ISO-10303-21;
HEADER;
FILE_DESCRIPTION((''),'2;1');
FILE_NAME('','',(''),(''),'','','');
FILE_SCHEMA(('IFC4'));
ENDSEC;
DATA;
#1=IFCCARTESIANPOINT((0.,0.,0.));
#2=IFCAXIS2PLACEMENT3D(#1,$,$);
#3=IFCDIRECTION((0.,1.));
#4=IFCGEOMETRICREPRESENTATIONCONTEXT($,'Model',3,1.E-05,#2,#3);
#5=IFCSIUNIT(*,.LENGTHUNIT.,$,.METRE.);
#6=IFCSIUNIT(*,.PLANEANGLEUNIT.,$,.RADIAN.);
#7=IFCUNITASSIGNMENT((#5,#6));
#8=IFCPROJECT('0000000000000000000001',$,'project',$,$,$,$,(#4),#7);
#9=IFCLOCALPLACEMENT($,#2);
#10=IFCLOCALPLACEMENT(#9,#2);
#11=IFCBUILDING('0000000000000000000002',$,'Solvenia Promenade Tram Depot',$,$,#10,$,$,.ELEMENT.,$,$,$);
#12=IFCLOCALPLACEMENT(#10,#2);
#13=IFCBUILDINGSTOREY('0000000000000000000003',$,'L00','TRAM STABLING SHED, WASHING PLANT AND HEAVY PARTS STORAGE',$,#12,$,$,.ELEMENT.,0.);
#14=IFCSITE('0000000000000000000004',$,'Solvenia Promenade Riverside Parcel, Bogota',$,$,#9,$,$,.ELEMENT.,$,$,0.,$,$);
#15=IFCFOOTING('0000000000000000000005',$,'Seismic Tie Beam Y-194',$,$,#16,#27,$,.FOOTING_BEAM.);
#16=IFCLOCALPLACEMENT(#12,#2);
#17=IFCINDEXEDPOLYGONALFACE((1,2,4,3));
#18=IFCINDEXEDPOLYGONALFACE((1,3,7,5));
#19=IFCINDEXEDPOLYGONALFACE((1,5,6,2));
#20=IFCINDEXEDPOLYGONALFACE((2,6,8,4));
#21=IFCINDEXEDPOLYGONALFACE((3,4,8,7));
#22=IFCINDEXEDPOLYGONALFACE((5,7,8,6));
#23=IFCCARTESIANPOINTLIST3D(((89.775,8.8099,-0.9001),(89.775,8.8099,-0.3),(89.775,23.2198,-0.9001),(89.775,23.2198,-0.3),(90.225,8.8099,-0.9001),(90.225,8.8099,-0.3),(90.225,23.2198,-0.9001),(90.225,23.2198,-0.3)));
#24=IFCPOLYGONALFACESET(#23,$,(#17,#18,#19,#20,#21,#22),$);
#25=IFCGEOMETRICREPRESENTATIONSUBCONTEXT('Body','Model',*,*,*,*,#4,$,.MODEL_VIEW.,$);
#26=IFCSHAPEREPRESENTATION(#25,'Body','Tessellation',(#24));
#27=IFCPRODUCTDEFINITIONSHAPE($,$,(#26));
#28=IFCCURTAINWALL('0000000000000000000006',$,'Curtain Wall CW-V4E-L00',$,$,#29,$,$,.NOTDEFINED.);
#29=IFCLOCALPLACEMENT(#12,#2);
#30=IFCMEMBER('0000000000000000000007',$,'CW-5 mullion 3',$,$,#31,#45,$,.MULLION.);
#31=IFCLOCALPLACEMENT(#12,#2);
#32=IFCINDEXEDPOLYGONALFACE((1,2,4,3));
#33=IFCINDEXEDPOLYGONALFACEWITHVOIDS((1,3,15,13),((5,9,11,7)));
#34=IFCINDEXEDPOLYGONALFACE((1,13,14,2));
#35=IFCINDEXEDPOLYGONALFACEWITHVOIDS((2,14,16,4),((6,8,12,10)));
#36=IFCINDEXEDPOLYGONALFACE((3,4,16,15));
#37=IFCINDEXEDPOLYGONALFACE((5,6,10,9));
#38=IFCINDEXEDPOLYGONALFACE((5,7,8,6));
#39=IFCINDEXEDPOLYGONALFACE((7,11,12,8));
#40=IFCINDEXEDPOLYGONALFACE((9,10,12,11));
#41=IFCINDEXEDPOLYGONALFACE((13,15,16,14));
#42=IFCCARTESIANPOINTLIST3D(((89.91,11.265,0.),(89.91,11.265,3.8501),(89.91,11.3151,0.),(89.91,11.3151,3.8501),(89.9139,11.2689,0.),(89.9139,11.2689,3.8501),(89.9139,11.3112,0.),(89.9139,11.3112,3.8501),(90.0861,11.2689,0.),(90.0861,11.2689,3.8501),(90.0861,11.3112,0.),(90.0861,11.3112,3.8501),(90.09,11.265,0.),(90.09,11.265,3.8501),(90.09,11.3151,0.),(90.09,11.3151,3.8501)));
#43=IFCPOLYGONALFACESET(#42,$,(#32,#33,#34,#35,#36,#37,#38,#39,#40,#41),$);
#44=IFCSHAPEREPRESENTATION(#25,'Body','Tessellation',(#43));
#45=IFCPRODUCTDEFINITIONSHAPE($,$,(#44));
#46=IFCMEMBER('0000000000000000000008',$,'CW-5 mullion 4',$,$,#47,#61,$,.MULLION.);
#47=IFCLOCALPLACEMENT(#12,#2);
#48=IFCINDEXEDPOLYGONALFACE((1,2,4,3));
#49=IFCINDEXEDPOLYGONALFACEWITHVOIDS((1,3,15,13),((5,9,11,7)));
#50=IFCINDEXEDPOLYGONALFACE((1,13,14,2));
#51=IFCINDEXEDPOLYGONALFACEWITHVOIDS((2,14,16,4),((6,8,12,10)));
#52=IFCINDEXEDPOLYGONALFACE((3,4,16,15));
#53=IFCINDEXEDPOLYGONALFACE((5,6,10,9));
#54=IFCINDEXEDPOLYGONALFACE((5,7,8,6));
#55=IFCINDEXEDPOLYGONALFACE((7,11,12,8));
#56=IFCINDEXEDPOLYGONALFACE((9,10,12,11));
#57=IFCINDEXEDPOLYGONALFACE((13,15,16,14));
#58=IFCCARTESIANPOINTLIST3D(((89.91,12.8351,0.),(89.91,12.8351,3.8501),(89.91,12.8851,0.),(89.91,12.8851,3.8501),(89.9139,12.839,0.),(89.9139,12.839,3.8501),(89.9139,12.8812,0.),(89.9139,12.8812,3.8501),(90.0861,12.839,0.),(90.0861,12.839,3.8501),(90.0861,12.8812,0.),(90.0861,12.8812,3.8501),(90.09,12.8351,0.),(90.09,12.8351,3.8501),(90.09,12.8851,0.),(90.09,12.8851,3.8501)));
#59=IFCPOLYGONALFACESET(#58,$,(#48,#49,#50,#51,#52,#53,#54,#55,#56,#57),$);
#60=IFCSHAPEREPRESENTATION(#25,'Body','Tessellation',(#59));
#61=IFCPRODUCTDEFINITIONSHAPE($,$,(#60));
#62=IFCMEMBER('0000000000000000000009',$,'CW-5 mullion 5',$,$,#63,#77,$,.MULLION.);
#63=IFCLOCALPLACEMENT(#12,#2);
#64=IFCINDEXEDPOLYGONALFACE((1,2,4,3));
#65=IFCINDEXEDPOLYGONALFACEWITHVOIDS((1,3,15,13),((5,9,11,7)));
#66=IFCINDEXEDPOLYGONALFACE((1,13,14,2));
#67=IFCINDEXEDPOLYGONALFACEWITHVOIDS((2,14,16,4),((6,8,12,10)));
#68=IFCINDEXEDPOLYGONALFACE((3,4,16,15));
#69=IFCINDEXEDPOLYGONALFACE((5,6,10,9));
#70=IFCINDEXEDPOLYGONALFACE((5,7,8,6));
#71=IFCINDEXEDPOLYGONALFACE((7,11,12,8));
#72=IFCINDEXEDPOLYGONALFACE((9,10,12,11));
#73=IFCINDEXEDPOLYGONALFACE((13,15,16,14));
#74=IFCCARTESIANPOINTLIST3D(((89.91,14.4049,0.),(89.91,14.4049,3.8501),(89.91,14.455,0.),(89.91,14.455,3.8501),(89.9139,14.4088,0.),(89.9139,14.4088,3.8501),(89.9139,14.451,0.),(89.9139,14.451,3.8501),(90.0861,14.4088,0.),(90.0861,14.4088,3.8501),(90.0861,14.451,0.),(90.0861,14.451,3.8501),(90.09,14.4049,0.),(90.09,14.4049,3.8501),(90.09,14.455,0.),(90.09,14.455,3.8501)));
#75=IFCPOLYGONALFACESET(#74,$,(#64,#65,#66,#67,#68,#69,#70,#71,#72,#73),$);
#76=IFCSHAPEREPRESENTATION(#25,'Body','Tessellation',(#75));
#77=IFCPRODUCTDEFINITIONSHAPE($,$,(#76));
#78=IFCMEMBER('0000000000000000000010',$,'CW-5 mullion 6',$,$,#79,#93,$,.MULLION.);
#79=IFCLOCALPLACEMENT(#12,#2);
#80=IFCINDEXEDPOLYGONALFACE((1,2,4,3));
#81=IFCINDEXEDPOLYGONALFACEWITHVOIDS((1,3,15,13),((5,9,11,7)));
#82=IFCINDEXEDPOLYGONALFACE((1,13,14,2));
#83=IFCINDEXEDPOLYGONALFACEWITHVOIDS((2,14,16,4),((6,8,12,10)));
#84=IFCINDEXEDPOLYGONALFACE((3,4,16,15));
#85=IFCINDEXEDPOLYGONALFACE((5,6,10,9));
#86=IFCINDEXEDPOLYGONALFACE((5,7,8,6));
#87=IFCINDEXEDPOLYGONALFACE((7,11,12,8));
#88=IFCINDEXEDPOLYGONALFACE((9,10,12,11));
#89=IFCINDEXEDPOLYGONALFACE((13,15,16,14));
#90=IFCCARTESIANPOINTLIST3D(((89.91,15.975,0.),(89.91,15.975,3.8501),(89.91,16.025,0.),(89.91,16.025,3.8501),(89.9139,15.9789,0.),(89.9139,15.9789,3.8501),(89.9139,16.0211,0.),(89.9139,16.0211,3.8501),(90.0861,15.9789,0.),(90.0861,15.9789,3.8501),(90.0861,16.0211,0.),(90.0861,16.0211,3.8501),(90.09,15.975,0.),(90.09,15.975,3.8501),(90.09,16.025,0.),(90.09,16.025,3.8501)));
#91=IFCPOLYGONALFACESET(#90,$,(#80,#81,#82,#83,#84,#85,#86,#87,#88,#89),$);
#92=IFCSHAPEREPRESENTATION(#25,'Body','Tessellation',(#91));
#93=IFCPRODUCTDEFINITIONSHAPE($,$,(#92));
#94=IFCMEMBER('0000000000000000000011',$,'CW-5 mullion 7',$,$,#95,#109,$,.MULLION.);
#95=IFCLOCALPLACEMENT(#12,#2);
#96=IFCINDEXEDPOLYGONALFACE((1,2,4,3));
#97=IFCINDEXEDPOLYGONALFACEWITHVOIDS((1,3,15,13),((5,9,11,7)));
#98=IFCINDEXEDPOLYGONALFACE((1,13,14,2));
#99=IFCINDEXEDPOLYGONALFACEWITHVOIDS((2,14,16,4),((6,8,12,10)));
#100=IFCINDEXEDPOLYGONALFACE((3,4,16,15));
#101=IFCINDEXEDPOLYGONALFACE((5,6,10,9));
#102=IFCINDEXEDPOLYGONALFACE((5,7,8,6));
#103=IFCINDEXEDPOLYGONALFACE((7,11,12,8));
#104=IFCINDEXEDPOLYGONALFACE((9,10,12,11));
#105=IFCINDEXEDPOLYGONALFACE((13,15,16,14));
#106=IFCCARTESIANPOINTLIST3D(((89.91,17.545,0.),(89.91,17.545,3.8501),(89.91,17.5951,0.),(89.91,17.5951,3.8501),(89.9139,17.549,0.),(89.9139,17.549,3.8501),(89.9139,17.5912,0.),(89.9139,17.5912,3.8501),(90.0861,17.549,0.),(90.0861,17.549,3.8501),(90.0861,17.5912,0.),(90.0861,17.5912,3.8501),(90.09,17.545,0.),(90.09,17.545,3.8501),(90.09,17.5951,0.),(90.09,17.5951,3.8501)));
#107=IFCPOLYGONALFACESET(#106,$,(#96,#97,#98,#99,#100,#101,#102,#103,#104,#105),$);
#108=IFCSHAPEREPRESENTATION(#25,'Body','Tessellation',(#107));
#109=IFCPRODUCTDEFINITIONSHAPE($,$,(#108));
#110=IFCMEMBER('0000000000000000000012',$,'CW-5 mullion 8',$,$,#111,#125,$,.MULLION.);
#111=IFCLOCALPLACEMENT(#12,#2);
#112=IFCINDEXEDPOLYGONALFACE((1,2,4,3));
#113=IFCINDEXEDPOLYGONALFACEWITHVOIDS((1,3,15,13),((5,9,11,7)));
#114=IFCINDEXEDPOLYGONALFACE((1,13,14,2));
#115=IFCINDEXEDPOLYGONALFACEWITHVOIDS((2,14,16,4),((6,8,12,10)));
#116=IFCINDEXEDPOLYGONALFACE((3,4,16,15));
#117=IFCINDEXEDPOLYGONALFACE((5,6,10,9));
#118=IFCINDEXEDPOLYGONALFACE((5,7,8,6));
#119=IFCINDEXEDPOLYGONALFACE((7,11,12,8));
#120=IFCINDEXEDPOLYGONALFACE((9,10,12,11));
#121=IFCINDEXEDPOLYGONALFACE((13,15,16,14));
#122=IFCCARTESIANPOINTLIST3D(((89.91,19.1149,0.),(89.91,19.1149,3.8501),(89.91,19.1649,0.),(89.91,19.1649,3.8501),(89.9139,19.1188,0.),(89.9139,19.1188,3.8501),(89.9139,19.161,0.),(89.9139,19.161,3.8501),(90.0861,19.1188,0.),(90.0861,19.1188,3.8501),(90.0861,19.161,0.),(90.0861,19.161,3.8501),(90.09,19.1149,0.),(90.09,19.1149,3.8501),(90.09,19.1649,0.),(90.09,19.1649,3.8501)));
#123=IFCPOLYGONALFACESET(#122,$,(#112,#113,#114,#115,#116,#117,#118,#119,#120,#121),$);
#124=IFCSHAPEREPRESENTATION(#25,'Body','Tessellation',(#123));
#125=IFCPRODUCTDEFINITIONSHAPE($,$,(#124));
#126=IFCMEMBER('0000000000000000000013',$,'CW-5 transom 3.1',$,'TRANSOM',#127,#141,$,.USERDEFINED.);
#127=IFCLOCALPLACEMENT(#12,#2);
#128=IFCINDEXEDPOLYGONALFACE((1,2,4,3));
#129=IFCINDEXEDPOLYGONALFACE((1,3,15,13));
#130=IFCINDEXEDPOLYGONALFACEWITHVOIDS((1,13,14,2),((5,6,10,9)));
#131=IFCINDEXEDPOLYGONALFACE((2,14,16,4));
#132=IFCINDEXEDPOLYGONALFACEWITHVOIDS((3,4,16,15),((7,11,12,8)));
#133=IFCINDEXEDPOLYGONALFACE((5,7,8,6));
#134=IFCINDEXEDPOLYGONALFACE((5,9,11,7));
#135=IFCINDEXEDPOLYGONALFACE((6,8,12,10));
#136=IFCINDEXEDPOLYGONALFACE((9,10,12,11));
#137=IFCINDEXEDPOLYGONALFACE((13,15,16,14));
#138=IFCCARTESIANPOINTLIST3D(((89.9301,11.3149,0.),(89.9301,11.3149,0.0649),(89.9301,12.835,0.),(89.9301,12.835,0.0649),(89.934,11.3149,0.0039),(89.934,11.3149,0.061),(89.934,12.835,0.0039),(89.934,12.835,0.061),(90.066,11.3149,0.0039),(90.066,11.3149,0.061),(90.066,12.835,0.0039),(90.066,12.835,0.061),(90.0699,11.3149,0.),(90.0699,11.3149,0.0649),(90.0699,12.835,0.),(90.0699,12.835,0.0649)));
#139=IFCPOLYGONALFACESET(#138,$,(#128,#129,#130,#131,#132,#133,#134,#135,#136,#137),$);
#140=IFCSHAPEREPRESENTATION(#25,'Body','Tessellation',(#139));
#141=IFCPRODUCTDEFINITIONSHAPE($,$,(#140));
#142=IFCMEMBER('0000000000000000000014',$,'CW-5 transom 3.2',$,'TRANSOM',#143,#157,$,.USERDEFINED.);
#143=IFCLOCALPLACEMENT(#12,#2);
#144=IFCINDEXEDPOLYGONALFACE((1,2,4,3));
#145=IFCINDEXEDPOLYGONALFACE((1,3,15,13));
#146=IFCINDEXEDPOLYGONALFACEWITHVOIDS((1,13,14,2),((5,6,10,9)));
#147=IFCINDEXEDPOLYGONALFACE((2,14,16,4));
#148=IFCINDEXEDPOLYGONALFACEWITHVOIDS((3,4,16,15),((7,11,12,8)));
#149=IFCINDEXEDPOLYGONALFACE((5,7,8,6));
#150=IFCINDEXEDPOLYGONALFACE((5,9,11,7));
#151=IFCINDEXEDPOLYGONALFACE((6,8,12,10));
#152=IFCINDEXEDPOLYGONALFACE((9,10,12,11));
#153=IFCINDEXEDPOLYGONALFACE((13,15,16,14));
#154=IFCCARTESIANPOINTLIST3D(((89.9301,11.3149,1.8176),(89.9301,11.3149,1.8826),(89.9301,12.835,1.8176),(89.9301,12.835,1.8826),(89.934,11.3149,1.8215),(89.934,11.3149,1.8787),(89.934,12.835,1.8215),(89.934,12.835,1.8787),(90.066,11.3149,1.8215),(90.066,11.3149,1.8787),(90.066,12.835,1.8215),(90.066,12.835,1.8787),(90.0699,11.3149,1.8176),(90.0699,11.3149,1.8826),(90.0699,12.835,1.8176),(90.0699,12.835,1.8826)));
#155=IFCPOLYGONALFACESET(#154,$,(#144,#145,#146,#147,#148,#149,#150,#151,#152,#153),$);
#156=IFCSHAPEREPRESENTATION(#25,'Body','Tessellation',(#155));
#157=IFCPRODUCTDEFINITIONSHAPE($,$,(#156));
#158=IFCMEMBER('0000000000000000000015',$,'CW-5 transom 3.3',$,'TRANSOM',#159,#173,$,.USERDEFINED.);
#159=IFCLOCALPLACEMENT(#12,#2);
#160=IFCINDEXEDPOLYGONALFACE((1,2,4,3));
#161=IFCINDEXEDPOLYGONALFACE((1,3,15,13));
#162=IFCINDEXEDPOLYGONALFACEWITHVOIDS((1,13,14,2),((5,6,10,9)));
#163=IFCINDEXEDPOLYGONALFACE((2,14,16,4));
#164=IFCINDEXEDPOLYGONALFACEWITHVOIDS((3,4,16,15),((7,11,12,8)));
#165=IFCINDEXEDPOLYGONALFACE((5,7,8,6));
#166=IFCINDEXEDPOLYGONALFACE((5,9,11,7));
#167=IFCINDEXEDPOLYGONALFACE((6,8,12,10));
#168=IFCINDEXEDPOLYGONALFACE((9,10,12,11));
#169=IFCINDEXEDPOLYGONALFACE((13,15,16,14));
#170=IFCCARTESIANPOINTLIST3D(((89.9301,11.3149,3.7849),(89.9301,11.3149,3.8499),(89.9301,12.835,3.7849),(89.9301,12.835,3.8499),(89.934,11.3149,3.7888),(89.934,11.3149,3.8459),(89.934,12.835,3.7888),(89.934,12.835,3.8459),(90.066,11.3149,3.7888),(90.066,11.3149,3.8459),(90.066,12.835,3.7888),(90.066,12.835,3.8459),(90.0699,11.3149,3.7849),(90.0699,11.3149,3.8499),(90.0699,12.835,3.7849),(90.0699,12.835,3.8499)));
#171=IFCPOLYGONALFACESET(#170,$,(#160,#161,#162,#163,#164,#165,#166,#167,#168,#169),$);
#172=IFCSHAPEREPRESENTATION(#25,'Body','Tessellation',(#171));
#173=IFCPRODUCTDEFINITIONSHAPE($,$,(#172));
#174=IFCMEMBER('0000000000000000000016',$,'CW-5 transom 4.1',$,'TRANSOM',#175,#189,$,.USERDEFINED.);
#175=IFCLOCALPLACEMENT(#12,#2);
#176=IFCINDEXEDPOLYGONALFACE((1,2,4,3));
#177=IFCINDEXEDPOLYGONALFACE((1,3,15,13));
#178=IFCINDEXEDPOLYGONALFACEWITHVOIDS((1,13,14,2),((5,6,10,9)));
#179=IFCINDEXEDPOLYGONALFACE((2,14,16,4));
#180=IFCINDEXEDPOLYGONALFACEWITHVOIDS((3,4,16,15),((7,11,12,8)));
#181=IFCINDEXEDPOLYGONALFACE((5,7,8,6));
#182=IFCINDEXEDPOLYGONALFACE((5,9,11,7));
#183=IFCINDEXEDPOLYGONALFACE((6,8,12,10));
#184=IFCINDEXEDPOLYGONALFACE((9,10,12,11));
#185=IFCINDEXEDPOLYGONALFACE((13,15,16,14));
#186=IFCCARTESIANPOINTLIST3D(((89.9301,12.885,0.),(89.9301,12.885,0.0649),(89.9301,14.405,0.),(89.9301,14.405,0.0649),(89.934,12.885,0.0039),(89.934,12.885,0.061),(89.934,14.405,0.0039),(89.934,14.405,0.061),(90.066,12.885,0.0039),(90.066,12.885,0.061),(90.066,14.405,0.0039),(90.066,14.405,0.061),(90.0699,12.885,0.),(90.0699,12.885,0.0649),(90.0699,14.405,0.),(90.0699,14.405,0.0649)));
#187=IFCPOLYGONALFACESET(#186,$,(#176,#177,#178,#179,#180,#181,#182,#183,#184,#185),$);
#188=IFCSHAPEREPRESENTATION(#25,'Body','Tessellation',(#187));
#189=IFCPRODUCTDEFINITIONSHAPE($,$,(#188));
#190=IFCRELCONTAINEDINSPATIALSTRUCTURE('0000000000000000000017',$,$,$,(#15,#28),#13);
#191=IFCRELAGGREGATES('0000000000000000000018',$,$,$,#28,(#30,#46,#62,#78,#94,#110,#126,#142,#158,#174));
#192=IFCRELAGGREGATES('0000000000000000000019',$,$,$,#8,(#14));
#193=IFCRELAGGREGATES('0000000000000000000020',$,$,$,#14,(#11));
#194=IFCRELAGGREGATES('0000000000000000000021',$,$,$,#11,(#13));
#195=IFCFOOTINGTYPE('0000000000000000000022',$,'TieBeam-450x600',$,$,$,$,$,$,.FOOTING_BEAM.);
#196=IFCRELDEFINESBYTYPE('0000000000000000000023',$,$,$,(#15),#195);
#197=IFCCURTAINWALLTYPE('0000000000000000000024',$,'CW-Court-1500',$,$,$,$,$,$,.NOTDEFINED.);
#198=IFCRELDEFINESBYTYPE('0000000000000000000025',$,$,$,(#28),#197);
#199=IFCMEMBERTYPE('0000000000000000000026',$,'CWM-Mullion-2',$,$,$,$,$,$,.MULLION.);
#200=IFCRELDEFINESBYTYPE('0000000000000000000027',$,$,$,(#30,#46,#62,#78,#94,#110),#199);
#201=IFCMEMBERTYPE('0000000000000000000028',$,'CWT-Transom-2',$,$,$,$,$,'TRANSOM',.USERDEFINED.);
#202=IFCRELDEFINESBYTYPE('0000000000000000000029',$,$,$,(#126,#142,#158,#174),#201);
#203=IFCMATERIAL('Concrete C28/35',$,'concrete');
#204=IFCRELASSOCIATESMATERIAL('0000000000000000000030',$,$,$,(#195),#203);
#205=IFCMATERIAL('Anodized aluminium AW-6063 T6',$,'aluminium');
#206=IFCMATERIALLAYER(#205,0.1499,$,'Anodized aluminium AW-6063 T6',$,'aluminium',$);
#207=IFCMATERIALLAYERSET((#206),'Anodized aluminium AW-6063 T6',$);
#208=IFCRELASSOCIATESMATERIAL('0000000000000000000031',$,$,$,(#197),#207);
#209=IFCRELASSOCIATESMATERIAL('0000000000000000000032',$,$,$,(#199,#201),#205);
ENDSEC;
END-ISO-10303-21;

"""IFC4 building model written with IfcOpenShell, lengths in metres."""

from ifc_helpers import new_model, si_unit, direction, frame, origin, origin_2d, place, context, subcontext, project, spatial, rectangle, hollow_rectangle, extrude, material, layer, layer_set, material_profile, profile_set, type_object, element, aggregate, save


model = new_model("IFC4")

# Units and contexts
model_context = context("Model", 3, precision=1e-05, world=origin(), true_north=direction((0.0, 1.0)))
body_context = subcontext(model_context, "Body", "Model", "MODEL_VIEW")
ifc_project = project(units=[si_unit("LENGTHUNIT", "METRE"), si_unit("PLANEANGLEUNIT", "RADIAN")], contexts=[model_context])

# Site, building, storey
site_placement = place(None, origin())
site = spatial("IfcSite", under=ifc_project, at=site_placement, Name="Solvenia Promenade Riverside Parcel, Bogota", CompositionType="ELEMENT", RefElevation=0.0)
building_placement = place(site_placement, origin())
building = spatial("IfcBuilding", under=site, at=building_placement, Name="Solvenia Promenade Tram Depot", CompositionType="ELEMENT")
storey_placement = place(building_placement, origin())
storey = spatial("IfcBuildingStorey", under=building, at=storey_placement, Name="L00", Description="TRAM STABLING SHED, WASHING PLANT AND HEAVY PARTS STORAGE", CompositionType="ELEMENT", Elevation=0.0)

# Footing
ifc_material_1 = material(Name="Concrete C28/35", Category="concrete")
footing_type = type_object("IfcFootingType", Name="TieBeam-450x600", PredefinedType="FOOTING_BEAM", material=ifc_material_1)
footing_placement = place(storey_placement, frame((90.0, 16.0149, -0.9001), z_axis=(0.0, 0.0, 1.0), x_axis=(1.0, 0.0, 0.0)))
element("IfcFooting", 1, at=footing_placement, inside=storey, type_object=footing_type, Name="Seismic Tie Beam Y-194", PredefinedType="FOOTING_BEAM", context=body_context, shape_type="SweptSolid", body=[
    extrude(rectangle(XDim=0.45, YDim=14.4099, at=origin_2d()), origin(), (0.0, 0.0, 1.0), 0.6001),
])

# Curtain wall, members
ifc_material_2 = material(Name="Anodized aluminium AW-6063 T6", Category="aluminium")
ifc_layer_1 = layer(ifc_material_2, 0.1499, Name="Anodized aluminium AW-6063 T6", Category="aluminium")
ifc_layer_set_1 = layer_set([ifc_layer_1], Name="Anodized aluminium AW-6063 T6")
curtain_wall_type = type_object("IfcCurtainWallType", Name="CW-Court-1500", PredefinedType="NOTDEFINED", material=ifc_layer_set_1)
curtain_wall_placement = place(storey_placement, origin())
curtain_wall = element("IfcCurtainWall", 2, at=curtain_wall_placement, inside=storey, type_object=curtain_wall_type, Name="Curtain Wall CW-V4E-L00", PredefinedType="NOTDEFINED")
ifc_material_profile_1 = material_profile(ifc_material_2, hollow_rectangle(XDim=0.1799, YDim=0.05, WallThickness=0.0039, at=origin_2d()), Name="ALU-M2", Category="aluminium")
ifc_profile_set_1 = profile_set([ifc_material_profile_1], Name="Anodized aluminium AW-6063 T6")
member_type_1 = type_object("IfcMemberType", Name="CWM-Mullion-2", PredefinedType="MULLION", material=ifc_profile_set_1)
member_1_placement = place(storey_placement, frame((90.0, 11.29, 0.0), z_axis=(0.0, 0.0, 1.0), x_axis=(-1.0, 0.0, 0.0)))
member_1 = element("IfcMember", 3, at=member_1_placement, type_object=member_type_1, Name="CW-5 mullion 3", PredefinedType="MULLION", context=body_context, shape_type="SweptSolid", body=[
    extrude(hollow_rectangle(XDim=0.1799, YDim=0.05, WallThickness=0.0039, at=origin_2d()), origin(), (0.0, 0.0, 1.0), 3.8501),
])
member_2_placement = place(storey_placement, frame((90.0, 12.8601, 0.0), z_axis=(0.0, 0.0, 1.0), x_axis=(-1.0, 0.0, 0.0)))
member_2 = element("IfcMember", 4, at=member_2_placement, type_object=member_type_1, Name="CW-5 mullion 4", PredefinedType="MULLION", context=body_context, shape_type="SweptSolid", body=[
    extrude(hollow_rectangle(XDim=0.1799, YDim=0.05, WallThickness=0.0039, at=origin_2d()), origin(), (0.0, 0.0, 1.0), 3.8501),
])
member_3_placement = place(storey_placement, frame((90.0, 14.4299, 0.0), z_axis=(0.0, 0.0, 1.0), x_axis=(-1.0, 0.0, 0.0)))
member_3 = element("IfcMember", 5, at=member_3_placement, type_object=member_type_1, Name="CW-5 mullion 5", PredefinedType="MULLION", context=body_context, shape_type="SweptSolid", body=[
    extrude(hollow_rectangle(XDim=0.1799, YDim=0.05, WallThickness=0.0039, at=origin_2d()), origin(), (0.0, 0.0, 1.0), 3.8501),
])
member_4_placement = place(storey_placement, frame((90.0, 16.0, 0.0), z_axis=(0.0, 0.0, 1.0), x_axis=(-1.0, 0.0, 0.0)))
member_4 = element("IfcMember", 6, at=member_4_placement, type_object=member_type_1, Name="CW-5 mullion 6", PredefinedType="MULLION", context=body_context, shape_type="SweptSolid", body=[
    extrude(hollow_rectangle(XDim=0.1799, YDim=0.05, WallThickness=0.0039, at=origin_2d()), origin(), (0.0, 0.0, 1.0), 3.8501),
])
member_5_placement = place(storey_placement, frame((90.0, 17.5701, 0.0), z_axis=(0.0, 0.0, 1.0), x_axis=(-1.0, 0.0, 0.0)))
member_5 = element("IfcMember", 7, at=member_5_placement, type_object=member_type_1, Name="CW-5 mullion 7", PredefinedType="MULLION", context=body_context, shape_type="SweptSolid", body=[
    extrude(hollow_rectangle(XDim=0.1799, YDim=0.05, WallThickness=0.0039, at=origin_2d()), origin(), (0.0, 0.0, 1.0), 3.8501),
])
member_6_placement = place(storey_placement, frame((90.0, 19.1399, 0.0), z_axis=(0.0, 0.0, 1.0), x_axis=(-1.0, 0.0, 0.0)))
member_6 = element("IfcMember", 8, at=member_6_placement, type_object=member_type_1, Name="CW-5 mullion 8", PredefinedType="MULLION", context=body_context, shape_type="SweptSolid", body=[
    extrude(hollow_rectangle(XDim=0.1799, YDim=0.05, WallThickness=0.0039, at=origin_2d()), origin(), (0.0, 0.0, 1.0), 3.8501),
])
ifc_material_profile_2 = material_profile(ifc_material_2, hollow_rectangle(XDim=0.1399, YDim=0.0649, WallThickness=0.0039, at=origin_2d()), Name="ALU-T2", Category="aluminium")
ifc_profile_set_2 = profile_set([ifc_material_profile_2], Name="Anodized aluminium AW-6063 T6")
member_type_2 = type_object("IfcMemberType", Name="CWT-Transom-2", ElementType="TRANSOM", PredefinedType="USERDEFINED", material=ifc_profile_set_2)
member_7_placement = place(storey_placement, frame((90.0, 11.3149, 0.0325), z_axis=(0.0, 1.0, 0.0), x_axis=(-1.0, 0.0, 0.0)))
member_7 = element("IfcMember", 9, at=member_7_placement, type_object=member_type_2, Name="CW-5 transom 3.1", ObjectType="TRANSOM", PredefinedType="USERDEFINED", context=body_context, shape_type="SweptSolid", body=[
    extrude(hollow_rectangle(XDim=0.1399, YDim=0.0649, WallThickness=0.0039, at=origin_2d()), origin(), (0.0, 0.0, 1.0), 1.52),
])
member_8_placement = place(storey_placement, frame((90.0, 11.3149, 1.8501), z_axis=(0.0, 1.0, 0.0), x_axis=(-1.0, 0.0, 0.0)))
member_8 = element("IfcMember", 10, at=member_8_placement, type_object=member_type_2, Name="CW-5 transom 3.2", ObjectType="TRANSOM", PredefinedType="USERDEFINED", context=body_context, shape_type="SweptSolid", body=[
    extrude(hollow_rectangle(XDim=0.1399, YDim=0.0649, WallThickness=0.0039, at=origin_2d()), origin(), (0.0, 0.0, 1.0), 1.52),
])
member_9_placement = place(storey_placement, frame((90.0, 11.3149, 3.8174), z_axis=(0.0, 1.0, 0.0), x_axis=(-1.0, 0.0, 0.0)))
member_9 = element("IfcMember", 11, at=member_9_placement, type_object=member_type_2, Name="CW-5 transom 3.3", ObjectType="TRANSOM", PredefinedType="USERDEFINED", context=body_context, shape_type="SweptSolid", body=[
    extrude(hollow_rectangle(XDim=0.1399, YDim=0.0649, WallThickness=0.0039, at=origin_2d()), origin(), (0.0, 0.0, 1.0), 1.52),
])
member_10_placement = place(storey_placement, frame((90.0, 12.885, 0.0325), z_axis=(0.0, 1.0, 0.0), x_axis=(-1.0, 0.0, 0.0)))
member_10 = element("IfcMember", 12, at=member_10_placement, type_object=member_type_2, Name="CW-5 transom 4.1", ObjectType="TRANSOM", PredefinedType="USERDEFINED", context=body_context, shape_type="SweptSolid", body=[
    extrude(hollow_rectangle(XDim=0.1399, YDim=0.0649, WallThickness=0.0039, at=origin_2d()), origin(), (0.0, 0.0, 1.0), 1.52),
])
aggregate(curtain_wall, [member_1, member_2, member_3, member_4, member_5, member_6, member_7, member_8, member_9, member_10])

save(model, "model.ifc")
